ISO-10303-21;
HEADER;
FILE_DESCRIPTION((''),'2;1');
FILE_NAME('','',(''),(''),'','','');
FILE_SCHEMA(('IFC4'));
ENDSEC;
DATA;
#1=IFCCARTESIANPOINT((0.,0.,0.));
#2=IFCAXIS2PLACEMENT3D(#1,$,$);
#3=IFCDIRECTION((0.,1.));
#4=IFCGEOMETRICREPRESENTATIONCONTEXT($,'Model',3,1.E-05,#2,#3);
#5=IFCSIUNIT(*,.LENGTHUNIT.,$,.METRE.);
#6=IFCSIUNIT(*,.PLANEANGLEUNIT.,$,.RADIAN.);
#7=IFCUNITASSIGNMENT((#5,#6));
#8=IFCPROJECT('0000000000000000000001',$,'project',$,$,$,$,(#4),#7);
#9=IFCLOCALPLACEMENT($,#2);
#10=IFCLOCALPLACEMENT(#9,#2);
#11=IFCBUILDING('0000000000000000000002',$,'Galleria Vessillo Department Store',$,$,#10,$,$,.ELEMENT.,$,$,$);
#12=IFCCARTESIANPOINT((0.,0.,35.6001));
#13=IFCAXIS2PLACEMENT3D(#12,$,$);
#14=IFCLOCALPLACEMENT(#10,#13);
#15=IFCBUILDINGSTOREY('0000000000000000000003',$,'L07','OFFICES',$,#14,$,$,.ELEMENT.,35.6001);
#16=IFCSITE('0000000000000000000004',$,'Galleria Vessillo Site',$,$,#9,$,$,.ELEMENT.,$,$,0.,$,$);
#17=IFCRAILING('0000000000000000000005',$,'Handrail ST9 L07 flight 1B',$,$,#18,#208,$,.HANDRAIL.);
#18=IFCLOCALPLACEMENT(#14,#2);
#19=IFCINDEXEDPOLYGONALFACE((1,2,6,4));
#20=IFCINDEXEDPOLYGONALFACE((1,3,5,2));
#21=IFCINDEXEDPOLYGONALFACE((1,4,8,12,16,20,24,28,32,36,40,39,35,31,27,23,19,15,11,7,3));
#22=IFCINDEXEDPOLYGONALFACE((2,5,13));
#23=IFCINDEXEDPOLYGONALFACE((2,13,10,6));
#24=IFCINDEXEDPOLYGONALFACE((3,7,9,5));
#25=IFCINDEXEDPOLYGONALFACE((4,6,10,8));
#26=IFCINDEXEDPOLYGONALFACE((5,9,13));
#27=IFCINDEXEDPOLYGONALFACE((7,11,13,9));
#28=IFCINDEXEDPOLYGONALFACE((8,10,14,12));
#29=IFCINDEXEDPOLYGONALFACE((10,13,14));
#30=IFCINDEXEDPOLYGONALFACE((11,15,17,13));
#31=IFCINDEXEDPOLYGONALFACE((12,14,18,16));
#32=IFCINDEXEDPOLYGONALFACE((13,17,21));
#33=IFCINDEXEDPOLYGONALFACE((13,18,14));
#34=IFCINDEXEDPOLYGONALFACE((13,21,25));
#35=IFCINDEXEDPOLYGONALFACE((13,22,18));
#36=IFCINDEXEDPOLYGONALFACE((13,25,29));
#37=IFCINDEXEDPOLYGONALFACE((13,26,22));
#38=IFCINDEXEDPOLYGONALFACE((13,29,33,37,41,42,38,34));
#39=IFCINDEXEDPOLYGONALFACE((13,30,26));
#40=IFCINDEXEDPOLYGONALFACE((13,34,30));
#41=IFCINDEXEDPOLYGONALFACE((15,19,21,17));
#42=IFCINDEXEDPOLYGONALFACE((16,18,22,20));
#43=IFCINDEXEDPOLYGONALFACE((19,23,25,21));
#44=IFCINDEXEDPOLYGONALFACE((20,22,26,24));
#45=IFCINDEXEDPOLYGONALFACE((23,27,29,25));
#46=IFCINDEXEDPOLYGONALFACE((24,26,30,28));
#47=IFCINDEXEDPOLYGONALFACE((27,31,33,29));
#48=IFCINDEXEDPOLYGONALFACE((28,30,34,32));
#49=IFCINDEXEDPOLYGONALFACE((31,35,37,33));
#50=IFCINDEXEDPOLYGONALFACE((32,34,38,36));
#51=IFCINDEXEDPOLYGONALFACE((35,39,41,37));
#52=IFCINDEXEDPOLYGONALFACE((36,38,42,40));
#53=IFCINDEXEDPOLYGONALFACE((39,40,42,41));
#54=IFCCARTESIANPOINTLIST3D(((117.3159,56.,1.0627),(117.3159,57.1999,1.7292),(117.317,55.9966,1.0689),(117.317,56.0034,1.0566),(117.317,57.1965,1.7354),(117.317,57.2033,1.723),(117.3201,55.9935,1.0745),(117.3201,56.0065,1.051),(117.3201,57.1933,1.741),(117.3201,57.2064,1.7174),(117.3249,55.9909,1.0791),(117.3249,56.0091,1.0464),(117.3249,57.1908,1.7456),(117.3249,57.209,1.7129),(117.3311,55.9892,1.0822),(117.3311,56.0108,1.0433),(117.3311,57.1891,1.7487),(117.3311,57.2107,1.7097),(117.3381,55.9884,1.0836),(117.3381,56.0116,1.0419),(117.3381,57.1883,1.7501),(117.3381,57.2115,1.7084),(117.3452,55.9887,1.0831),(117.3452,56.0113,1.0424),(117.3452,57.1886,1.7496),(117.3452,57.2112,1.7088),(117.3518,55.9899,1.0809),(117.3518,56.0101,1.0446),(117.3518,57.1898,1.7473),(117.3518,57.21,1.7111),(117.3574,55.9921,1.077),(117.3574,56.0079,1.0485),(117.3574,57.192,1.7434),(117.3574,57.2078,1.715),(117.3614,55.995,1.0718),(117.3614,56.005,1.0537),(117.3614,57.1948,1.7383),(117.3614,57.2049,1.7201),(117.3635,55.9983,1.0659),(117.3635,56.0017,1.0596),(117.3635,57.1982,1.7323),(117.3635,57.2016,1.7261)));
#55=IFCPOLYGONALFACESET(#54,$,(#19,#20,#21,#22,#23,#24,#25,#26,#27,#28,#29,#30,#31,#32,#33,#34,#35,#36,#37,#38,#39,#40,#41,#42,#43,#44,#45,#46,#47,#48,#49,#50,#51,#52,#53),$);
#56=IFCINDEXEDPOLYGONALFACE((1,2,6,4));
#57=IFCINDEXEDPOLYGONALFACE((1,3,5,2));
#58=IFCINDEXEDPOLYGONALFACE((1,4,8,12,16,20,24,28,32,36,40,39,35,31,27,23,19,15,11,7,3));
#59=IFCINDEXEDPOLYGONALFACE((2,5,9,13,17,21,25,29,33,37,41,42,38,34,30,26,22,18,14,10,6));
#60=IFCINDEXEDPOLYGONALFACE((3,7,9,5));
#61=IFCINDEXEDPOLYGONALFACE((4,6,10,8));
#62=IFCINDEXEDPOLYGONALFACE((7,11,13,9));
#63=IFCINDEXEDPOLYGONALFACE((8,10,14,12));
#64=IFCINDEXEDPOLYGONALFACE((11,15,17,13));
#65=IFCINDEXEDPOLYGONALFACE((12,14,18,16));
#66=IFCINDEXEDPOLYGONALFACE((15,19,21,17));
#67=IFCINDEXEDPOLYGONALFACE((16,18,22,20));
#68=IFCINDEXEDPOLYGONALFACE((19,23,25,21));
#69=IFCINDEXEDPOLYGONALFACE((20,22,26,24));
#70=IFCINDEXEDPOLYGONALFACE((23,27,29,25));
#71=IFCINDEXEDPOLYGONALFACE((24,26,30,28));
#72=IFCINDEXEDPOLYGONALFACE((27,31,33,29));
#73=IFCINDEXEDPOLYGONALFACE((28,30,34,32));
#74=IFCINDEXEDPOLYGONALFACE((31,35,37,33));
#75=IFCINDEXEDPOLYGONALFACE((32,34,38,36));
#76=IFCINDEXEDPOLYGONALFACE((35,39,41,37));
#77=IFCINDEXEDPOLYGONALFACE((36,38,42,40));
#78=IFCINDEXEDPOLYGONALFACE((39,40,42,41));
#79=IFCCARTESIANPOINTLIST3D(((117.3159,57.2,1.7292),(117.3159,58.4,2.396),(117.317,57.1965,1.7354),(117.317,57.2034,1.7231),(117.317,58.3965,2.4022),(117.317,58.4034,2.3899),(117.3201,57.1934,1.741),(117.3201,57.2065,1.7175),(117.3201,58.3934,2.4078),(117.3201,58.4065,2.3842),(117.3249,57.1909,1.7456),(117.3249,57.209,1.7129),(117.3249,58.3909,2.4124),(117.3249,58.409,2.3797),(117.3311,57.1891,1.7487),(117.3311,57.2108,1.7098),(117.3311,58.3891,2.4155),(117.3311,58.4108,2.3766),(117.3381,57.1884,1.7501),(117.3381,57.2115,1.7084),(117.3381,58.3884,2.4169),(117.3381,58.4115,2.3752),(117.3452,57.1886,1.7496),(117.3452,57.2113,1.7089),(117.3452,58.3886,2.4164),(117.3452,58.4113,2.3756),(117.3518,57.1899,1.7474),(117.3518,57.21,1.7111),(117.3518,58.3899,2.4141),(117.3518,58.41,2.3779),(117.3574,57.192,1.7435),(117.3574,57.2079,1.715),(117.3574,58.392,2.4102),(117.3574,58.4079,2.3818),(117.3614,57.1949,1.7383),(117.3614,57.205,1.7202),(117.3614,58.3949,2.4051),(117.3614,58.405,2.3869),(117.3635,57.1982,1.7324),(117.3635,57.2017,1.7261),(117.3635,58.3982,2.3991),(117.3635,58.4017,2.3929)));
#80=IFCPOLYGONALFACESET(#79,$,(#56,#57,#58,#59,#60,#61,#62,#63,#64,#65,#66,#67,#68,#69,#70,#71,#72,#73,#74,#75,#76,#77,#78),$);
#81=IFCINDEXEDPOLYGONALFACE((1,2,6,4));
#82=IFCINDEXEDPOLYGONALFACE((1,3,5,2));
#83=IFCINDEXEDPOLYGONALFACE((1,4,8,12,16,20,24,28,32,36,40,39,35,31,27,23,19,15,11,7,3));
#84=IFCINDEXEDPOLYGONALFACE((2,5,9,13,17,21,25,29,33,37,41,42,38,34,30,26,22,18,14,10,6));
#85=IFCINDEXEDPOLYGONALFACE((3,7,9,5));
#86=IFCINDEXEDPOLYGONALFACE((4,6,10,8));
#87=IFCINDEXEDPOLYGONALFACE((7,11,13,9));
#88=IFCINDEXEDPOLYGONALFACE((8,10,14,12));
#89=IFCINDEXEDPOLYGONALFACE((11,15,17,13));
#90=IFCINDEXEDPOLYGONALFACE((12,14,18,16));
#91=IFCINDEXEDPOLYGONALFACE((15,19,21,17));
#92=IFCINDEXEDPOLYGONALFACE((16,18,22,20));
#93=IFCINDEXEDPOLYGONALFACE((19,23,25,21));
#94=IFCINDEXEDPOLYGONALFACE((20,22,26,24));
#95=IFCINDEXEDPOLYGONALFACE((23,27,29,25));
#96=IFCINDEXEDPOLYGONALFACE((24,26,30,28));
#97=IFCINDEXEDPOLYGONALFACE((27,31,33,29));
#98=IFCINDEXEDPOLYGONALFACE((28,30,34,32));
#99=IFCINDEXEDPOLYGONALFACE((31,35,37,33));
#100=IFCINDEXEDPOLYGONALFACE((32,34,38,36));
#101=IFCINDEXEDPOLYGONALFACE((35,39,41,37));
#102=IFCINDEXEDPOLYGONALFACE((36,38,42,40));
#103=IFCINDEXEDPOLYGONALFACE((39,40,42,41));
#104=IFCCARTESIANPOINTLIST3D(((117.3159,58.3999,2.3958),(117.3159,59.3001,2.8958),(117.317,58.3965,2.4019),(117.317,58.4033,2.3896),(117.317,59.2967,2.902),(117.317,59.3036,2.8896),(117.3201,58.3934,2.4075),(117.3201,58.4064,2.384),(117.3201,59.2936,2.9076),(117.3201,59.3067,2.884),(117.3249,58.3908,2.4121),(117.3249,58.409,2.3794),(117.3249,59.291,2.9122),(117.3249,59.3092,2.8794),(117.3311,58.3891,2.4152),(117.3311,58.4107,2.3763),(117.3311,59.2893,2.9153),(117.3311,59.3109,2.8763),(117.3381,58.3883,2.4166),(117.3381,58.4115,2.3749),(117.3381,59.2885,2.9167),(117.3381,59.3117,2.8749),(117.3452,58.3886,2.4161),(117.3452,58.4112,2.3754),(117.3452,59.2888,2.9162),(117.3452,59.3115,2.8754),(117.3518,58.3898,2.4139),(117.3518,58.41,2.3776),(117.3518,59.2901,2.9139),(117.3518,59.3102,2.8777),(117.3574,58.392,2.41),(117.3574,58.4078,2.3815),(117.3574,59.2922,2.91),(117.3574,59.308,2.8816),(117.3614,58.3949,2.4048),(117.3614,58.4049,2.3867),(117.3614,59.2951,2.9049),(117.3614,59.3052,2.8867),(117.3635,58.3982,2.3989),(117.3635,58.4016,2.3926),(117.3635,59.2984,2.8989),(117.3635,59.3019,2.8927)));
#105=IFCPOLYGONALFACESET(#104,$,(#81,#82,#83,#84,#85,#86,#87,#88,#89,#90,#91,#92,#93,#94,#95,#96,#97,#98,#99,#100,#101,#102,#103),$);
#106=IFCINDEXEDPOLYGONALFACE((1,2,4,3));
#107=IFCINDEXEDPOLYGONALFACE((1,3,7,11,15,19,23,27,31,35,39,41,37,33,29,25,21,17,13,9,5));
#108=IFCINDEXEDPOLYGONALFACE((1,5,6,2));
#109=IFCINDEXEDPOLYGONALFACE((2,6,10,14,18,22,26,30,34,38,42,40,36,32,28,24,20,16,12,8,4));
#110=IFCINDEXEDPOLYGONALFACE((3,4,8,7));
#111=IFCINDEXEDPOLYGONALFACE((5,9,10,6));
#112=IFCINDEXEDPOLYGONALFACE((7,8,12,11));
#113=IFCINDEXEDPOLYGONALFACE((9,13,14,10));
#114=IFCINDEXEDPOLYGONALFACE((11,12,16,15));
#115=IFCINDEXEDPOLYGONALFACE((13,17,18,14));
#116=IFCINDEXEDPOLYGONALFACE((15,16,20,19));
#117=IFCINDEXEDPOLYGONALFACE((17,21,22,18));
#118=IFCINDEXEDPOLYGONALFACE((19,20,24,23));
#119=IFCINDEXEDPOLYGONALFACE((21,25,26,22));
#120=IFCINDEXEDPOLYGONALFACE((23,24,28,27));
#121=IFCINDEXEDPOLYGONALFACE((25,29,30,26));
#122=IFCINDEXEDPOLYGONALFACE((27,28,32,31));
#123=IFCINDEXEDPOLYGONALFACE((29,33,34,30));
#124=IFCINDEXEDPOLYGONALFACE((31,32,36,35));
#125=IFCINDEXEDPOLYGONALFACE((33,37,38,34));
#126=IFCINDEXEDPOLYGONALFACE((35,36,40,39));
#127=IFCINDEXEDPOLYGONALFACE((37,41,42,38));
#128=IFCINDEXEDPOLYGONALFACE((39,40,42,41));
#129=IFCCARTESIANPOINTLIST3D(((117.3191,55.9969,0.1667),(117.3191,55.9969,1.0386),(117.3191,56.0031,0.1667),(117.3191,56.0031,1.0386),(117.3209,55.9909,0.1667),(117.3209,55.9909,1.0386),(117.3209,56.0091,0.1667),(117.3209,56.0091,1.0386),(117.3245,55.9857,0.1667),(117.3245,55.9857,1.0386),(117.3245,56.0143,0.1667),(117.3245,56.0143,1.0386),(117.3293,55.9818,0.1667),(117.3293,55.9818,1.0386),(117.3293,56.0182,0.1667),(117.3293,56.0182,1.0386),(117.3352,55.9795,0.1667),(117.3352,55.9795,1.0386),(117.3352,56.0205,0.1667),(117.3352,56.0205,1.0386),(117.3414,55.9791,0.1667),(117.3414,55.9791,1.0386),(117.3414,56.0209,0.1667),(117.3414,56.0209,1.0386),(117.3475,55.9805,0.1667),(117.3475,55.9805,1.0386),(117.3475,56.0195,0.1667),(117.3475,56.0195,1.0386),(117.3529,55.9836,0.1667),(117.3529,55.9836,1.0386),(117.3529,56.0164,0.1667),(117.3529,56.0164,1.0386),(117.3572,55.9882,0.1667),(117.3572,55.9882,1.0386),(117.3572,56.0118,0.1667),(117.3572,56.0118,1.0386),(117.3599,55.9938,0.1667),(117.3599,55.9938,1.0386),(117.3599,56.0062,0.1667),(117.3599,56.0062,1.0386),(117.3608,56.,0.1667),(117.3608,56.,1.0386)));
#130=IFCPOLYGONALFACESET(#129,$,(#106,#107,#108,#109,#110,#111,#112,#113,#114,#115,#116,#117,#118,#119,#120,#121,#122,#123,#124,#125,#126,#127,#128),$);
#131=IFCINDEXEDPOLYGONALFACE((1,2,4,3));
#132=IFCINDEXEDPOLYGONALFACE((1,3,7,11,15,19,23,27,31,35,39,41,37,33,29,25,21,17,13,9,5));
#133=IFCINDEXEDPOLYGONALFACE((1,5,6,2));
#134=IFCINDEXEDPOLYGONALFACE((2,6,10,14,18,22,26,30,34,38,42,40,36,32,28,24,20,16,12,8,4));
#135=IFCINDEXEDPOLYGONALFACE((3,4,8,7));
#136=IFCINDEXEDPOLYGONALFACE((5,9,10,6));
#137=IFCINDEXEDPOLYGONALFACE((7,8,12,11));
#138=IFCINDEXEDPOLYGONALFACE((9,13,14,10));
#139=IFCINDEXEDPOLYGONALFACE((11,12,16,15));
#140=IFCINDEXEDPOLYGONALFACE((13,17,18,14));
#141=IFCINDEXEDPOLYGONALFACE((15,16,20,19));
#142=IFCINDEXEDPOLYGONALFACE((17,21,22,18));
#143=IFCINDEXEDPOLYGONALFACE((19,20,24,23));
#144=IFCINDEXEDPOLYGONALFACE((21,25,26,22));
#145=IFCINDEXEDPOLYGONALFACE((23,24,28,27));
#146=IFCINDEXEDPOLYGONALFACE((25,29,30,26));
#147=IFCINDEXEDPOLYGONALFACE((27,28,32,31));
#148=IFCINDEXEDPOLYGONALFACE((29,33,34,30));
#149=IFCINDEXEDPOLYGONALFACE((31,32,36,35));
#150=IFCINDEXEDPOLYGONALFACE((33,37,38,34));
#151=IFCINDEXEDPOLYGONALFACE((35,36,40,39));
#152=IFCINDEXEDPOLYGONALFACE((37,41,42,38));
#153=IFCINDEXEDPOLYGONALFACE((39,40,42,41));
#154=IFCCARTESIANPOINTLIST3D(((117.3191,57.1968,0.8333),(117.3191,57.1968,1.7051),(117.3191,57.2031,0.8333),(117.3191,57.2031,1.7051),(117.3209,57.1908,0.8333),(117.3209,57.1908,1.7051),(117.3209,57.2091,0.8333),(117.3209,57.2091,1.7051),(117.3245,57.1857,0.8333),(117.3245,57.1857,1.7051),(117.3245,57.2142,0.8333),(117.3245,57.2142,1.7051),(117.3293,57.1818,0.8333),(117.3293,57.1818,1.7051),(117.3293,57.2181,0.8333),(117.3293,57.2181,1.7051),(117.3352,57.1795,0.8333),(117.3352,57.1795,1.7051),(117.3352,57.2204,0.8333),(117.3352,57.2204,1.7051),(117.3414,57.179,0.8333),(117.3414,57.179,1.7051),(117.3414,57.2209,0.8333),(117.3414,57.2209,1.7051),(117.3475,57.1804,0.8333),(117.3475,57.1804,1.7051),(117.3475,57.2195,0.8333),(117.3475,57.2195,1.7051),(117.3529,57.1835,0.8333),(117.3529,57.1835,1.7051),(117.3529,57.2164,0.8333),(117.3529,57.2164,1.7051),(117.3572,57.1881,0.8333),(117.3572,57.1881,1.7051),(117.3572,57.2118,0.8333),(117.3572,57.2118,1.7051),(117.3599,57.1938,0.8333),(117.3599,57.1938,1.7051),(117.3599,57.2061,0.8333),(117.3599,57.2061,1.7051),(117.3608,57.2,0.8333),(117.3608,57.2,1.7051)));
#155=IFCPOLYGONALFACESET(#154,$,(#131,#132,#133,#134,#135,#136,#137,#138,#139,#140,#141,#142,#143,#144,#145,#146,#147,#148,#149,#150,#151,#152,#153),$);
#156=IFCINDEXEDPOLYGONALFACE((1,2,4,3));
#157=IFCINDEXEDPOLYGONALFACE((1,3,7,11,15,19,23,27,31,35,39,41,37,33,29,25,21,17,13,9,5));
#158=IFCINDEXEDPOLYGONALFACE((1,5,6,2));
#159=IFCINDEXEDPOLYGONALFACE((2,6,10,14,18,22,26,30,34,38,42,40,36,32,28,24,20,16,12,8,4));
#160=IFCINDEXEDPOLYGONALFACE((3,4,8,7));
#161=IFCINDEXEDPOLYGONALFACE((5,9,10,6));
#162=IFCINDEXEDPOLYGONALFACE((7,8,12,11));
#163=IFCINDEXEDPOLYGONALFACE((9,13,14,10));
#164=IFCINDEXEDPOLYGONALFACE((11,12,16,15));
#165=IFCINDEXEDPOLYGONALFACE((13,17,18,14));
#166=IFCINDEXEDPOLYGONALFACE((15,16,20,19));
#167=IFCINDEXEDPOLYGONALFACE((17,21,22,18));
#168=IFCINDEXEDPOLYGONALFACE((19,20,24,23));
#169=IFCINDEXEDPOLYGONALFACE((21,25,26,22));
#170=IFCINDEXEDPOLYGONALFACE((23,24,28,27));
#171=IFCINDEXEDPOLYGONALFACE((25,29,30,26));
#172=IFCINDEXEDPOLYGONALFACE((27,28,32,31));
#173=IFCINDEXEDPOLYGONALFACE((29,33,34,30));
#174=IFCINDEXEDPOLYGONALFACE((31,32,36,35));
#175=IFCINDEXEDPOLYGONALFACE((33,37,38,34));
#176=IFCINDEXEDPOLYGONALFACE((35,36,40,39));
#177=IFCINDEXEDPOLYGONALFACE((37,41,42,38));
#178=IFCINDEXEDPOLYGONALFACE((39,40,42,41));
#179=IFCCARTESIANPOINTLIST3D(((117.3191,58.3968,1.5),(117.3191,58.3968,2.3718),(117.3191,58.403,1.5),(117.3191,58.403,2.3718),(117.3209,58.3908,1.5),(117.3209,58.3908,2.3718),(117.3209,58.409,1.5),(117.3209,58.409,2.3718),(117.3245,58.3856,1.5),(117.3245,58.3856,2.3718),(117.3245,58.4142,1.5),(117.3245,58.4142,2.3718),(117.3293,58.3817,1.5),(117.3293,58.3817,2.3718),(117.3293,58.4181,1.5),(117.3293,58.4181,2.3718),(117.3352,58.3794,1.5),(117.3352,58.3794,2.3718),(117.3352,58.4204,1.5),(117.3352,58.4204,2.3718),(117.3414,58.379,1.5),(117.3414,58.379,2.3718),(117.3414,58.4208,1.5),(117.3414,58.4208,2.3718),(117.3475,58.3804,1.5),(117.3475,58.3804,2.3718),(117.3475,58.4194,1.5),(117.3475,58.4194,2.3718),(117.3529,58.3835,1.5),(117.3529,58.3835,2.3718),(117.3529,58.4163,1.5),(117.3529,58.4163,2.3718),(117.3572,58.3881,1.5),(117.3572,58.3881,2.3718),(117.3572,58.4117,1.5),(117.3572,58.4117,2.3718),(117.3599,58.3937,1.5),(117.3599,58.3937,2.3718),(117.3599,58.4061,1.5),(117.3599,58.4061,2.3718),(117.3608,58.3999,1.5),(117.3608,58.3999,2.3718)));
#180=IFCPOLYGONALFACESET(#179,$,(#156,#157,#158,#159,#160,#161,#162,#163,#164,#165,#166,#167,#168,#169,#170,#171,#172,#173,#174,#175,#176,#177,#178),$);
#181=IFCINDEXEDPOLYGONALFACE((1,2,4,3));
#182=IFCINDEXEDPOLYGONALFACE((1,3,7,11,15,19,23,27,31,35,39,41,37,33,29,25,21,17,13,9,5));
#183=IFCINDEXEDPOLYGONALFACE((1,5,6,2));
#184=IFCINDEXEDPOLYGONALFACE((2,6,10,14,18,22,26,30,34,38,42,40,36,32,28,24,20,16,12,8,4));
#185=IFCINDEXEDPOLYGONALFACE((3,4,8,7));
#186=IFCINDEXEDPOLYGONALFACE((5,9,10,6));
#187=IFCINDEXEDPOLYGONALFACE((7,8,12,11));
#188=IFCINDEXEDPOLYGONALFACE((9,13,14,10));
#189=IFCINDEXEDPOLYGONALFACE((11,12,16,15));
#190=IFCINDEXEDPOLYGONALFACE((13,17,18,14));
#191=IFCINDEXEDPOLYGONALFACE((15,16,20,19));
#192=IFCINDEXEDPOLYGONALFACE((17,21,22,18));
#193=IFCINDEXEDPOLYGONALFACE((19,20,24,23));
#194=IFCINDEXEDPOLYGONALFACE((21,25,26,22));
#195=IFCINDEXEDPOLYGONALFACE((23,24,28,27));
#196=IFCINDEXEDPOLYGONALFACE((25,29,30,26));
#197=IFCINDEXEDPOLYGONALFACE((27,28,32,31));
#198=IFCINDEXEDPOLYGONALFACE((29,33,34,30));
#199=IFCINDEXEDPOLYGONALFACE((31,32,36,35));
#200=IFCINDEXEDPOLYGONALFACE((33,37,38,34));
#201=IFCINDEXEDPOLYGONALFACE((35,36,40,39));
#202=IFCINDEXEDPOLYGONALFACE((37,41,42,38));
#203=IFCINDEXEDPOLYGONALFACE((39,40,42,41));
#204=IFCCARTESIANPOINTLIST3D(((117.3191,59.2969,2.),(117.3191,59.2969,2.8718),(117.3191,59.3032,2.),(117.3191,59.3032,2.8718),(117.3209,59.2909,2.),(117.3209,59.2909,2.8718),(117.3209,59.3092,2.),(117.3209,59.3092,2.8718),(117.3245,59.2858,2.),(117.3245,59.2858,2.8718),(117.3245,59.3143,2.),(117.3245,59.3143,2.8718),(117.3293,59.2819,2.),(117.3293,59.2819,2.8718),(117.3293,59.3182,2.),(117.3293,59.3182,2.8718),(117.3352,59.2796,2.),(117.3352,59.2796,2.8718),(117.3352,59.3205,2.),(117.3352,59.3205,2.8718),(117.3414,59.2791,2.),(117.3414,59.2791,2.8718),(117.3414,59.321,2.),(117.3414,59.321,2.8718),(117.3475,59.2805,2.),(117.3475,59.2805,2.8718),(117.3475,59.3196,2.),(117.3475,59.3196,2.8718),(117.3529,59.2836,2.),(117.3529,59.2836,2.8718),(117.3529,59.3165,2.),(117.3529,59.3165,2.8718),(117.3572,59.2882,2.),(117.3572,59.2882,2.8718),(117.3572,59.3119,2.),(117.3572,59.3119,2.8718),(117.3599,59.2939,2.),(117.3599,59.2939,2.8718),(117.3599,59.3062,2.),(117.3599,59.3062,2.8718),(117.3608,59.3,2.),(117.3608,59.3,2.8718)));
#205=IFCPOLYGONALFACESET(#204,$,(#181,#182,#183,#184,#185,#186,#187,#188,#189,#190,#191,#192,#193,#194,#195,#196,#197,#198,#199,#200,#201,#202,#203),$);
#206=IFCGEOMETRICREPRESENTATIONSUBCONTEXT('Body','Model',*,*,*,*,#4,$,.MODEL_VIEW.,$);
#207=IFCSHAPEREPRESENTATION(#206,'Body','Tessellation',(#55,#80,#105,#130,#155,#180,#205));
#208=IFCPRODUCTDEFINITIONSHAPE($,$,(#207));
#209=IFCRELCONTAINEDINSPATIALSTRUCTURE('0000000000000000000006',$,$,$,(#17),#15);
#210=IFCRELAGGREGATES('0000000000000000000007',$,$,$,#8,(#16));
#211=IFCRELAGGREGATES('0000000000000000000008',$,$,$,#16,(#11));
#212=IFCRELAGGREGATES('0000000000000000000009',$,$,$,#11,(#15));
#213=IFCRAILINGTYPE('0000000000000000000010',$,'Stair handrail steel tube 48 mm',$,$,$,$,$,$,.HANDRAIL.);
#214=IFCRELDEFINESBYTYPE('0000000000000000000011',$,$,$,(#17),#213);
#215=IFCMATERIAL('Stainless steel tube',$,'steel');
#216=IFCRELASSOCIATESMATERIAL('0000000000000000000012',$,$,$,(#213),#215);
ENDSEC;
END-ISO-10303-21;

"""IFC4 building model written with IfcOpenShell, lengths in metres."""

from ifc_helpers import new_model, si_unit, direction, frame, origin, origin_2d, place, context, subcontext, project, spatial, circle, extrude, material, type_object, element, save


model = new_model("IFC4")

# Units and contexts
model_context = context("Model", 3, precision=1e-05, world=origin(), true_north=direction((0.0, 1.0)))
body_context = subcontext(model_context, "Body", "Model", "MODEL_VIEW")
ifc_project = project(units=[si_unit("LENGTHUNIT", "METRE"), si_unit("PLANEANGLEUNIT", "RADIAN")], contexts=[model_context])

# Site, building, storey
site_placement = place(None, origin())
site = spatial("IfcSite", under=ifc_project, at=site_placement, Name="Galleria Vessillo Site", CompositionType="ELEMENT", RefElevation=0.0)
building_placement = place(site_placement, origin())
building = spatial("IfcBuilding", under=site, at=building_placement, Name="Galleria Vessillo Department Store", CompositionType="ELEMENT")
storey_placement = place(building_placement, frame((0.0, 0.0, 35.6001)))
storey = spatial("IfcBuildingStorey", under=building, at=storey_placement, Name="L07", Description="OFFICES", CompositionType="ELEMENT", Elevation=35.6001)

# Railing
ifc_material_1 = material(Name="Stainless steel tube", Category="steel")
railing_type = type_object("IfcRailingType", Name="Stair handrail steel tube 48 mm", PredefinedType="HANDRAIL", material=ifc_material_1)
for number, where, name in (
    (1, (117.3398, 56.0, 0.1667), "Handrail ST9 L07 flight 1B"),
):
    element("IfcRailing", number, at=place(storey_placement, frame(where)), inside=storey, type_object=railing_type, Name=name, PredefinedType="HANDRAIL", context=body_context, shape_type="SweptSolid", body=[
        extrude(circle(Radius=0.0239, at=origin_2d()), frame((0.0, 0.0, 0.896), z_axis=(0.0, 0.874199, 0.485567), x_axis=(-1.0, 0.0, 0.0)), (0.0, 0.0, 1.0), 1.3726),
        extrude(circle(Radius=0.0239, at=origin_2d()), frame((0.0, 1.2, 1.5625), z_axis=(0.0, 0.874124, 0.485703), x_axis=(-1.0, 0.0, 0.0)), (0.0, 0.0, 1.0), 1.3728),
        extrude(circle(Radius=0.0239, at=origin_2d()), frame((0.0, 2.3999, 2.229), z_axis=(0.0, 0.874191, 0.485583), x_axis=(-1.0, 0.0, 0.0)), (0.0, 0.0, 1.0), 1.0298),
        extrude(circle(Radius=0.021, at=origin_2d()), origin(), (0.0, 0.0, 1.0), 0.8718),
        extrude(circle(Radius=0.021, at=origin_2d()), frame((0.0, 1.2, 0.6665)), (0.0, 0.0, 1.0), 0.8718),
        extrude(circle(Radius=0.021, at=origin_2d()), frame((0.0, 2.3999, 1.3333)), (0.0, 0.0, 1.0), 0.8718),
        extrude(circle(Radius=0.021, at=origin_2d()), frame((0.0, 3.3, 1.8333)), (0.0, 0.0, 1.0), 0.8718),
    ])

save(model, "model.ifc")
